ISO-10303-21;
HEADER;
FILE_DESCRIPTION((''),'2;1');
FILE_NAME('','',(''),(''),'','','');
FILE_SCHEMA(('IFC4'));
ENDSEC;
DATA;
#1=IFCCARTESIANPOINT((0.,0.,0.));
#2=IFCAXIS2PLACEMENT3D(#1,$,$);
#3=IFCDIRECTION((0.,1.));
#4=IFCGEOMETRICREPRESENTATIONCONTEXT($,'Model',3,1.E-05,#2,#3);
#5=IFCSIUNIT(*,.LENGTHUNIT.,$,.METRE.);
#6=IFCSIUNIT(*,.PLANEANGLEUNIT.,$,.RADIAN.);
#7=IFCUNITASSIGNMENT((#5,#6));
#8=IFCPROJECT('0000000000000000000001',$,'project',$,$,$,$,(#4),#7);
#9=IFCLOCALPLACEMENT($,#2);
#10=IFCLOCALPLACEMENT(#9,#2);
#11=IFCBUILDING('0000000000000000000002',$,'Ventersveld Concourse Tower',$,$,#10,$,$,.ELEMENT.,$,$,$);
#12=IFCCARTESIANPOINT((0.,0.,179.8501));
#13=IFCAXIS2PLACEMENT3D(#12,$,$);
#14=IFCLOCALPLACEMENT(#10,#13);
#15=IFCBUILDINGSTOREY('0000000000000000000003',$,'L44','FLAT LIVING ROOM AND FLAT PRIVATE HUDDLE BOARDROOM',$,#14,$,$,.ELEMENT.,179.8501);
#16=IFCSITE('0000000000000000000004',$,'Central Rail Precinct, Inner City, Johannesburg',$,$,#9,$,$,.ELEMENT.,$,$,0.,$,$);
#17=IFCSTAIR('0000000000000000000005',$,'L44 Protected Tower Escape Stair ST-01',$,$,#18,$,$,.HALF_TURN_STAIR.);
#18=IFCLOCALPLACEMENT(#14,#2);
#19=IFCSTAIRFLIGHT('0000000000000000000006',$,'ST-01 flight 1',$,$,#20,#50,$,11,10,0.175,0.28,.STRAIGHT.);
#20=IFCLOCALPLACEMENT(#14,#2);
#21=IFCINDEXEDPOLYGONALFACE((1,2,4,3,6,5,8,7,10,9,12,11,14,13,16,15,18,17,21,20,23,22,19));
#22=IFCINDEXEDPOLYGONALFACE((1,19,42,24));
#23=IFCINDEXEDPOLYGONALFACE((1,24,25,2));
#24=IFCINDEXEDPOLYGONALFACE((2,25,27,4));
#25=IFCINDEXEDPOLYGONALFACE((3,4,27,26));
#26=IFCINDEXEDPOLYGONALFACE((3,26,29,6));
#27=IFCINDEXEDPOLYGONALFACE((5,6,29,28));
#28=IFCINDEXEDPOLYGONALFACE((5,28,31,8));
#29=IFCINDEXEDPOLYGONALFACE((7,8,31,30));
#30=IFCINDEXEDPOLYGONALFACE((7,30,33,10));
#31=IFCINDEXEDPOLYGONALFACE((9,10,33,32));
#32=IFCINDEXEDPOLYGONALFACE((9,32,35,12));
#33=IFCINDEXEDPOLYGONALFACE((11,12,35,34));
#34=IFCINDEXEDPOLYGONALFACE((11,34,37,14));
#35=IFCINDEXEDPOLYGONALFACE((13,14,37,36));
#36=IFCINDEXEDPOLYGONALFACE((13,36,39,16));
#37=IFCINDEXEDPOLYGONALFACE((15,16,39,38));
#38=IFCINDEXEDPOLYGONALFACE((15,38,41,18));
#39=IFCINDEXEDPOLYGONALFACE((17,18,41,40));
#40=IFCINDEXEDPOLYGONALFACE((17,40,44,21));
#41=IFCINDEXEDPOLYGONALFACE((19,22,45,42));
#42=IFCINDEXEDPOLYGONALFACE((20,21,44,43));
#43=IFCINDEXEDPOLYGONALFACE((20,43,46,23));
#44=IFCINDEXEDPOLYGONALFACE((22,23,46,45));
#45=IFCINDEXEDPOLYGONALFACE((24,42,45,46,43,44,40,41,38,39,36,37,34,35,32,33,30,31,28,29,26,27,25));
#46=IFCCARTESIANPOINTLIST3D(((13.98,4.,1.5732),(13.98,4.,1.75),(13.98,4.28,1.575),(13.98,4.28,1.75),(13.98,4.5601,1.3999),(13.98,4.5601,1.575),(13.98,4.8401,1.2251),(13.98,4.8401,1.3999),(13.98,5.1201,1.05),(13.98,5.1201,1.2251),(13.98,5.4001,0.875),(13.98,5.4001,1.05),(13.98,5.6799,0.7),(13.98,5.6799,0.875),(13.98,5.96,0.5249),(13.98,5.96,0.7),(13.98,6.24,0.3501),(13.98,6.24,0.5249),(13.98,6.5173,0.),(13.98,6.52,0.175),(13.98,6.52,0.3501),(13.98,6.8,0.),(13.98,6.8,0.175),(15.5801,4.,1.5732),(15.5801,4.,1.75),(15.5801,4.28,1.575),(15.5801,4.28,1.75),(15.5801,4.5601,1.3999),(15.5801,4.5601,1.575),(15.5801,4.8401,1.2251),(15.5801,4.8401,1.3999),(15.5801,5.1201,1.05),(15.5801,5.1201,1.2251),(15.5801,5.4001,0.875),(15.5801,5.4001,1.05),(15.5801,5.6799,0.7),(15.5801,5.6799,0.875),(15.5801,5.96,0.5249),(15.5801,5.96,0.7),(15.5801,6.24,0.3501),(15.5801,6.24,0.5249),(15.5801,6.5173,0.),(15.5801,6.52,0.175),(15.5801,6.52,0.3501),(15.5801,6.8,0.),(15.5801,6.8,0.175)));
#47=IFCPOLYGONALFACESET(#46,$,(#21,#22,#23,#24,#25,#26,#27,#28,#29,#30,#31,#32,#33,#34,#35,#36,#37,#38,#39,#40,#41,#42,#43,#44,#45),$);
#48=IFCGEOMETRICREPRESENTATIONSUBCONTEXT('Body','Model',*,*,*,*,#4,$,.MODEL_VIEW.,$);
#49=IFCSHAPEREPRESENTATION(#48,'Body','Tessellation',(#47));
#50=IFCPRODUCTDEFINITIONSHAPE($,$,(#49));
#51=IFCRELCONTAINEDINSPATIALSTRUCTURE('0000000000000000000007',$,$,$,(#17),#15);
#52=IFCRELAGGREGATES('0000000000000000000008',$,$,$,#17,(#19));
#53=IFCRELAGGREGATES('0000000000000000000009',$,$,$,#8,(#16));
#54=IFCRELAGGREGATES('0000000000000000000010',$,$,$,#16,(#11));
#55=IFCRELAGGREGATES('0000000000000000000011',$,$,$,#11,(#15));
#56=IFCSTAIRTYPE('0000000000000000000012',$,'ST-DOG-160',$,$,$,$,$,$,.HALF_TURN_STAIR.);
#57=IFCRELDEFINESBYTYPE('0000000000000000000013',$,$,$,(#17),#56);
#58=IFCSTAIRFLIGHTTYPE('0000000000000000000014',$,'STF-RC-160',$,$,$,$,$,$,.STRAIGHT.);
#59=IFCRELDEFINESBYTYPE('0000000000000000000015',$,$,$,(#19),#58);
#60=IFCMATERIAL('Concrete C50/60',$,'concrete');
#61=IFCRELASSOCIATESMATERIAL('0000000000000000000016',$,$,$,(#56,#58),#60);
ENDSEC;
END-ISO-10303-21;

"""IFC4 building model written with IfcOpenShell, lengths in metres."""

from ifc_helpers import new_model, si_unit, direction, frame, origin, place, context, subcontext, project, spatial, polyline, outline, extrude, material, type_object, element, aggregate, save


model = new_model("IFC4")

# Units and contexts
model_context = context("Model", 3, precision=1e-05, world=origin(), true_north=direction((0.0, 1.0)))
body_context = subcontext(model_context, "Body", "Model", "MODEL_VIEW")
ifc_project = project(units=[si_unit("LENGTHUNIT", "METRE"), si_unit("PLANEANGLEUNIT", "RADIAN")], contexts=[model_context])

# Site, building, storey
site_placement = place(None, origin())
site = spatial("IfcSite", under=ifc_project, at=site_placement, Name="Central Rail Precinct, Inner City, Johannesburg", CompositionType="ELEMENT", RefElevation=0.0)
building_placement = place(site_placement, origin())
building = spatial("IfcBuilding", under=site, at=building_placement, Name="Ventersveld Concourse Tower", CompositionType="ELEMENT")
storey_placement = place(building_placement, frame((0.0, 0.0, 179.8501)))
storey = spatial("IfcBuildingStorey", under=building, at=storey_placement, Name="L44", Description="FLAT LIVING ROOM AND FLAT PRIVATE HUDDLE BOARDROOM", CompositionType="ELEMENT", Elevation=179.8501)

# Stair, stair flight
ifc_material_1 = material(Name="Concrete C50/60", Category="concrete")
stair_type = type_object("IfcStairType", Name="ST-DOG-160", PredefinedType="HALF_TURN_STAIR", material=ifc_material_1)
stair_placement = place(storey_placement, origin())
stair = element("IfcStair", 1, at=stair_placement, inside=storey, type_object=stair_type, Name="L44 Protected Tower Escape Stair ST-01", PredefinedType="HALF_TURN_STAIR")
stair_flight_type = type_object("IfcStairFlightType", Name="STF-RC-160", PredefinedType="STRAIGHT", material=ifc_material_1)
stair_flight_placement = place(storey_placement, frame((14.78, 6.8, 0.0), z_axis=(0.0, 0.0, 1.0), x_axis=(0.0, -1.0, 0.0)))
stair_flight = element("IfcStairFlight", 2, at=stair_flight_placement, type_object=stair_flight_type, Name="ST-01 flight 1", NumberOfRisers=11, NumberOfTreads=10, PredefinedType="STRAIGHT", RiserHeight=0.175, TreadLength=0.28, context=body_context, shape_type="SweptSolid", body=[
    extrude(outline(polyline([(0.0, 0.0), (0.0, 0.175), (0.28, 0.175), (0.28, 0.3501), (0.5601, 0.3501), (0.5601, 0.5249), (0.8401, 0.5249), (0.8401, 0.7), (1.1201, 0.7), (1.1201, 0.875), (1.3999, 0.875), (1.3999, 1.05), (1.6799, 1.05), (1.6799, 1.2251), (1.96, 1.2251), (1.96, 1.3999), (2.24, 1.3999), (2.24, 1.575), (2.52, 1.575), (2.52, 1.75), (2.8, 1.75), (2.8, 1.925), (2.8, 1.5732), (0.2827, 0.0), (0.0, 0.0)])), frame((0.0, 0.8, 0.0), z_axis=(0.0, -1.0, 0.0), x_axis=(1.0, 0.0, 0.0)), (0.0, 0.0, 1.0), 1.6001),
])
aggregate(stair, [stair_flight])

save(model, "model.ifc")
